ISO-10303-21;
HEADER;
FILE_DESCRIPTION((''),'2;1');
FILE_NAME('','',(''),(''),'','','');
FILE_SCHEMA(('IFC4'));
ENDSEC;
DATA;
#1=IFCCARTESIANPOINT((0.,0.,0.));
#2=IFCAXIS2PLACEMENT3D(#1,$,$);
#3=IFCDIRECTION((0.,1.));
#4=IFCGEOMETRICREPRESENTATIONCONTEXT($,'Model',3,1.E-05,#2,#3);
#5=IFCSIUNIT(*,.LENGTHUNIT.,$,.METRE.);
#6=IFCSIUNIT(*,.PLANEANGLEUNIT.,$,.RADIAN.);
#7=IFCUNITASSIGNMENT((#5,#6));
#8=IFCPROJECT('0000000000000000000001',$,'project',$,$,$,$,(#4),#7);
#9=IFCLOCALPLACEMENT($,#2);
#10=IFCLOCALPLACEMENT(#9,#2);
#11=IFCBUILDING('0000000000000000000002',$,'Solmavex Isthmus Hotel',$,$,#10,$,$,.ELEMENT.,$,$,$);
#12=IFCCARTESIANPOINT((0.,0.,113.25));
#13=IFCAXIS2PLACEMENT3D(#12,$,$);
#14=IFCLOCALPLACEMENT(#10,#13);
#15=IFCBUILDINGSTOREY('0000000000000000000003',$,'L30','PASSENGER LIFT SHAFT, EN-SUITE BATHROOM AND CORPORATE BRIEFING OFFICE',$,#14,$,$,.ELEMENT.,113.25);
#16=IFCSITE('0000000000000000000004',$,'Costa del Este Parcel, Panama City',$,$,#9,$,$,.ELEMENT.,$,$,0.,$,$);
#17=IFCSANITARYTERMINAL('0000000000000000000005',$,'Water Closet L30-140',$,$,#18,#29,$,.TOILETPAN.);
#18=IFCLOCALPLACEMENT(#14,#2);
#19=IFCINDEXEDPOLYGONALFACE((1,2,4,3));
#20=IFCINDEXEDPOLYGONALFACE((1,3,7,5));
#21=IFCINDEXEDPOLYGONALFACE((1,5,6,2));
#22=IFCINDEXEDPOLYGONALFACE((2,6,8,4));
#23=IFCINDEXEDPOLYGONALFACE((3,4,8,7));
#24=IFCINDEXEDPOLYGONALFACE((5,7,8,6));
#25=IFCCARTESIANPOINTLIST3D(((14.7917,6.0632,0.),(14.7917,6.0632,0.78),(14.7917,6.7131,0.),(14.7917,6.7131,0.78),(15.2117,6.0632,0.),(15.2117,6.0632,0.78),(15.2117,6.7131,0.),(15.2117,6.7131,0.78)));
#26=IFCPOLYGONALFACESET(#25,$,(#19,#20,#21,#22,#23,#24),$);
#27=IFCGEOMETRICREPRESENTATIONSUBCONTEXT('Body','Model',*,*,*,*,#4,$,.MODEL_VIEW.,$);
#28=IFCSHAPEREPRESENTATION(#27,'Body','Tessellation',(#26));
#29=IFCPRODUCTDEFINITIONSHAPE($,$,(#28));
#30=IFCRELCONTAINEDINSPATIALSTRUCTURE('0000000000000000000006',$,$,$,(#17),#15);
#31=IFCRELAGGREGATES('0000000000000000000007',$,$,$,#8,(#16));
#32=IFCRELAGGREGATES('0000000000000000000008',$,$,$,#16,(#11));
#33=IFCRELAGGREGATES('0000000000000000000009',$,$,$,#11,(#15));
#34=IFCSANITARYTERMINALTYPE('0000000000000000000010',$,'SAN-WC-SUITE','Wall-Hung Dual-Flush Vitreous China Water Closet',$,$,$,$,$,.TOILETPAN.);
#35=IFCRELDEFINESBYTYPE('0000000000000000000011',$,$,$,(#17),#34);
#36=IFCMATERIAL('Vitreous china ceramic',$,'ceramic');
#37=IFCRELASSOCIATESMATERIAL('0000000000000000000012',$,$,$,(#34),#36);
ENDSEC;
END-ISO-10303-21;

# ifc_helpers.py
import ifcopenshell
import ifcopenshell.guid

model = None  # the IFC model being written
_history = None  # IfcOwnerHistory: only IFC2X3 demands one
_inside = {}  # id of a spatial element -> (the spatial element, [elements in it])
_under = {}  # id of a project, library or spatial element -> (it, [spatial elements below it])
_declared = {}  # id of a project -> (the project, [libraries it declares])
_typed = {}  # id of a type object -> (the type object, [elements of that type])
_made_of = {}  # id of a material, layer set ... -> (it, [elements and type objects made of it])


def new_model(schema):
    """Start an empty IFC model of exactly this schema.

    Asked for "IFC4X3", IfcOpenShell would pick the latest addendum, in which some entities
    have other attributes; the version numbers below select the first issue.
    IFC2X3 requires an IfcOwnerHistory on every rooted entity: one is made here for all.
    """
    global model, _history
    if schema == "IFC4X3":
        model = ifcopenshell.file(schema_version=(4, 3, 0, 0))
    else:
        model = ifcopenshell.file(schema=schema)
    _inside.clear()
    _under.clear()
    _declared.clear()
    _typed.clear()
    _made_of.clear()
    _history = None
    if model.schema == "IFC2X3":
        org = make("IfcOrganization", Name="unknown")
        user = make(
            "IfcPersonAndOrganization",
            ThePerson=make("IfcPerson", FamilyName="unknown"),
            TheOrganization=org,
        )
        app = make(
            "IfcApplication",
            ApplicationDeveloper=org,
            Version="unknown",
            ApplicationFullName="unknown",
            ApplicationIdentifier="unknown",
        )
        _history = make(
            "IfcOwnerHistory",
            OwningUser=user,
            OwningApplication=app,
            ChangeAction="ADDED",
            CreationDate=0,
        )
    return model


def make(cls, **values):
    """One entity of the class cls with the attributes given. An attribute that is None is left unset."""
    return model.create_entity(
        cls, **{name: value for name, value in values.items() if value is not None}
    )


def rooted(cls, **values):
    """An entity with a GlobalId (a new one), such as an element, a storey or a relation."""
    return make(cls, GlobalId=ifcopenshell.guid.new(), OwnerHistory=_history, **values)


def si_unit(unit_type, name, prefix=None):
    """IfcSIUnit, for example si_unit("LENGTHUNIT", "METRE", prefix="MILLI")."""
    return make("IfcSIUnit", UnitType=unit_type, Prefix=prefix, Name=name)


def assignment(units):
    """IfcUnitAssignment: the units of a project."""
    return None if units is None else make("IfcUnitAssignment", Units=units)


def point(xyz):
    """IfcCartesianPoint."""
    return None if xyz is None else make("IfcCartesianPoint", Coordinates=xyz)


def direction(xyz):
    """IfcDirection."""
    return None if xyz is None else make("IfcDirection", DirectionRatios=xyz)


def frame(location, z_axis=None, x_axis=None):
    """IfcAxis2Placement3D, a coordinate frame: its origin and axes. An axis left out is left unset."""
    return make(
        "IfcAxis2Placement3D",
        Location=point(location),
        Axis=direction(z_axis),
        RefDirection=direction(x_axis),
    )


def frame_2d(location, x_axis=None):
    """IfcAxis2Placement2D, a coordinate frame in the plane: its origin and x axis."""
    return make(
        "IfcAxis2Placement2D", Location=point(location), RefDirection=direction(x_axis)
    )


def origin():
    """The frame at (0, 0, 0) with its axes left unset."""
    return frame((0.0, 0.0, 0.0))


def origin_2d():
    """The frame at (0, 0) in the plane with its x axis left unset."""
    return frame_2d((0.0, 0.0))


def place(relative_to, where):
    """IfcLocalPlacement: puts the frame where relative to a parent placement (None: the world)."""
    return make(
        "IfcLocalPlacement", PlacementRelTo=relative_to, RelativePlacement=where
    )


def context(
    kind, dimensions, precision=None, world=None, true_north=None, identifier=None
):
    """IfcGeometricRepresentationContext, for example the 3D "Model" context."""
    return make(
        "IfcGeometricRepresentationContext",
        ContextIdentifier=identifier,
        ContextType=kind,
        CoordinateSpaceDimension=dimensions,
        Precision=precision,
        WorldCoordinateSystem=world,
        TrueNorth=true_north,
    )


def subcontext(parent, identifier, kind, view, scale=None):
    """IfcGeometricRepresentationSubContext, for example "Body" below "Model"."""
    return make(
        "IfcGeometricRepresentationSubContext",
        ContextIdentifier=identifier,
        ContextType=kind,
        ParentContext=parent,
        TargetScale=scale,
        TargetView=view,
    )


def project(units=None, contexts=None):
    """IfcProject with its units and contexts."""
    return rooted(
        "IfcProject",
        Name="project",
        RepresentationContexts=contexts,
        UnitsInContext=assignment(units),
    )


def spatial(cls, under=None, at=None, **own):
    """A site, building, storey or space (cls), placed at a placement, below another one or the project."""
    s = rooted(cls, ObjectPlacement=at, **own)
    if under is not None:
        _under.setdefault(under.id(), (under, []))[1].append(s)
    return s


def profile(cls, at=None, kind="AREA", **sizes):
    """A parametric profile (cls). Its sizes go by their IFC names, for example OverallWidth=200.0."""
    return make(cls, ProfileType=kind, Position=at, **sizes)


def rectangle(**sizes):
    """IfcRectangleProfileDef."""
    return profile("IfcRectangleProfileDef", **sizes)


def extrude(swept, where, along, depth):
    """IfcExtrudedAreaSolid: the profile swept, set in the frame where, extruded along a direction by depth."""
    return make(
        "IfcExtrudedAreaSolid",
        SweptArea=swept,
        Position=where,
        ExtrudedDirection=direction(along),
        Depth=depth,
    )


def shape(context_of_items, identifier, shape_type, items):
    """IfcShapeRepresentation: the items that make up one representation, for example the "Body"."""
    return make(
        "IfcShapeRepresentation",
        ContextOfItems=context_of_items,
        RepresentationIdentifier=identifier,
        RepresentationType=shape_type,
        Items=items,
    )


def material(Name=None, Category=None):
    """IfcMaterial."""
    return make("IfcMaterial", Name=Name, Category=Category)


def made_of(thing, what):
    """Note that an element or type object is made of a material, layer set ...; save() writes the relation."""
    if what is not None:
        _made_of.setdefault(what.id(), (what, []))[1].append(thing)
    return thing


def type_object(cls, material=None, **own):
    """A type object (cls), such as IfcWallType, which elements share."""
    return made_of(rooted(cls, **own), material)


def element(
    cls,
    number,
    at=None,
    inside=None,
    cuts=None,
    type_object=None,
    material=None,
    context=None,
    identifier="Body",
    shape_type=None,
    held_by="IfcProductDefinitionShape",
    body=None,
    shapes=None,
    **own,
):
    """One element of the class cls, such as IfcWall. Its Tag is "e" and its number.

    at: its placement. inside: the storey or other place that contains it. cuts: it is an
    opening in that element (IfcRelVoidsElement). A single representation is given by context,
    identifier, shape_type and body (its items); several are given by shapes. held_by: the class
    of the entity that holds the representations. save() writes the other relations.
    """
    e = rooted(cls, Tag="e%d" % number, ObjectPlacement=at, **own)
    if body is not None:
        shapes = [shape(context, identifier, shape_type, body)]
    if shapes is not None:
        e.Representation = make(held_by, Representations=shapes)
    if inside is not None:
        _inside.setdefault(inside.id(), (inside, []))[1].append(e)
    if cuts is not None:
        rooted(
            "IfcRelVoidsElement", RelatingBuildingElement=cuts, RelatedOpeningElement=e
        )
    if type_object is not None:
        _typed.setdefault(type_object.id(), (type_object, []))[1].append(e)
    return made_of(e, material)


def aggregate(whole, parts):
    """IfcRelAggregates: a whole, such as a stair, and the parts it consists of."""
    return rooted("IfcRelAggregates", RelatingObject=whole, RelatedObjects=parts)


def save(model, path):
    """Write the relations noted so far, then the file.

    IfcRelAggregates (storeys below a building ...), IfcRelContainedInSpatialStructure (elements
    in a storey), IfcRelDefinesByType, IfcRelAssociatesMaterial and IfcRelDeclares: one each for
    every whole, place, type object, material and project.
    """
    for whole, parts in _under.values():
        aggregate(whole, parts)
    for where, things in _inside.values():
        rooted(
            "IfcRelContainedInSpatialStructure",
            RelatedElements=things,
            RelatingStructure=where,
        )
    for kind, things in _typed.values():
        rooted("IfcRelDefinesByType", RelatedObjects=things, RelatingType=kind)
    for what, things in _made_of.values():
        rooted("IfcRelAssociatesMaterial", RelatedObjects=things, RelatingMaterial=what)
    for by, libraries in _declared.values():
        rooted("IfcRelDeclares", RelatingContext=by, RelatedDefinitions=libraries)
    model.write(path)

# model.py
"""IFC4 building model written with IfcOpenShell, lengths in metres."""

from ifc_helpers import new_model, si_unit, direction, frame, origin, origin_2d, place, context, subcontext, project, spatial, rectangle, extrude, material, type_object, element, save


model = new_model("IFC4")

# Units and contexts
model_context = context("Model", 3, precision=1e-05, world=origin(), true_north=direction((0.0, 1.0)))
body_context = subcontext(model_context, "Body", "Model", "MODEL_VIEW")
ifc_project = project(units=[si_unit("LENGTHUNIT", "METRE"), si_unit("PLANEANGLEUNIT", "RADIAN")], contexts=[model_context])

# Site, building, storey
site_placement = place(None, origin())
site = spatial("IfcSite", under=ifc_project, at=site_placement, Name="Costa del Este Parcel, Panama City", CompositionType="ELEMENT", RefElevation=0.0)
building_placement = place(site_placement, origin())
building = spatial("IfcBuilding", under=site, at=building_placement, Name="Solmavex Isthmus Hotel", CompositionType="ELEMENT")
storey_placement = place(building_placement, frame((0.0, 0.0, 113.25)))
storey = spatial("IfcBuildingStorey", under=building, at=storey_placement, Name="L30", Description="PASSENGER LIFT SHAFT, EN-SUITE BATHROOM AND CORPORATE BRIEFING OFFICE", CompositionType="ELEMENT", Elevation=113.25)

# Sanitary terminal
ifc_material_1 = material(Name="Vitreous china ceramic", Category="ceramic")
sanitary_terminal_type_1 = type_object("IfcSanitaryTerminalType", Name="SAN-WC-SUITE", Description="Wall-Hung Dual-Flush Vitreous China Water Closet", PredefinedType="TOILETPAN", material=ifc_material_1)
for number, where, z_axis, x_axis, name in (
    (1, (15.0017, 6.3882, 0.0), (0.0, 0.0, 1.0), (1.0, 0.0, 0.0), "Water Closet L30-140"),
):
    element("IfcSanitaryTerminal", number, at=place(storey_placement, frame(where, z_axis=z_axis, x_axis=x_axis)), inside=storey, type_object=sanitary_terminal_type_1, Name=name, PredefinedType="TOILETPAN", context=body_context, shape_type="SweptSolid", body=[
        extrude(rectangle(XDim=0.4199, YDim=0.6499, at=origin_2d()), origin(), (0.0, 0.0, 1.0), 0.78),
    ])

save(model, "model.ifc")
